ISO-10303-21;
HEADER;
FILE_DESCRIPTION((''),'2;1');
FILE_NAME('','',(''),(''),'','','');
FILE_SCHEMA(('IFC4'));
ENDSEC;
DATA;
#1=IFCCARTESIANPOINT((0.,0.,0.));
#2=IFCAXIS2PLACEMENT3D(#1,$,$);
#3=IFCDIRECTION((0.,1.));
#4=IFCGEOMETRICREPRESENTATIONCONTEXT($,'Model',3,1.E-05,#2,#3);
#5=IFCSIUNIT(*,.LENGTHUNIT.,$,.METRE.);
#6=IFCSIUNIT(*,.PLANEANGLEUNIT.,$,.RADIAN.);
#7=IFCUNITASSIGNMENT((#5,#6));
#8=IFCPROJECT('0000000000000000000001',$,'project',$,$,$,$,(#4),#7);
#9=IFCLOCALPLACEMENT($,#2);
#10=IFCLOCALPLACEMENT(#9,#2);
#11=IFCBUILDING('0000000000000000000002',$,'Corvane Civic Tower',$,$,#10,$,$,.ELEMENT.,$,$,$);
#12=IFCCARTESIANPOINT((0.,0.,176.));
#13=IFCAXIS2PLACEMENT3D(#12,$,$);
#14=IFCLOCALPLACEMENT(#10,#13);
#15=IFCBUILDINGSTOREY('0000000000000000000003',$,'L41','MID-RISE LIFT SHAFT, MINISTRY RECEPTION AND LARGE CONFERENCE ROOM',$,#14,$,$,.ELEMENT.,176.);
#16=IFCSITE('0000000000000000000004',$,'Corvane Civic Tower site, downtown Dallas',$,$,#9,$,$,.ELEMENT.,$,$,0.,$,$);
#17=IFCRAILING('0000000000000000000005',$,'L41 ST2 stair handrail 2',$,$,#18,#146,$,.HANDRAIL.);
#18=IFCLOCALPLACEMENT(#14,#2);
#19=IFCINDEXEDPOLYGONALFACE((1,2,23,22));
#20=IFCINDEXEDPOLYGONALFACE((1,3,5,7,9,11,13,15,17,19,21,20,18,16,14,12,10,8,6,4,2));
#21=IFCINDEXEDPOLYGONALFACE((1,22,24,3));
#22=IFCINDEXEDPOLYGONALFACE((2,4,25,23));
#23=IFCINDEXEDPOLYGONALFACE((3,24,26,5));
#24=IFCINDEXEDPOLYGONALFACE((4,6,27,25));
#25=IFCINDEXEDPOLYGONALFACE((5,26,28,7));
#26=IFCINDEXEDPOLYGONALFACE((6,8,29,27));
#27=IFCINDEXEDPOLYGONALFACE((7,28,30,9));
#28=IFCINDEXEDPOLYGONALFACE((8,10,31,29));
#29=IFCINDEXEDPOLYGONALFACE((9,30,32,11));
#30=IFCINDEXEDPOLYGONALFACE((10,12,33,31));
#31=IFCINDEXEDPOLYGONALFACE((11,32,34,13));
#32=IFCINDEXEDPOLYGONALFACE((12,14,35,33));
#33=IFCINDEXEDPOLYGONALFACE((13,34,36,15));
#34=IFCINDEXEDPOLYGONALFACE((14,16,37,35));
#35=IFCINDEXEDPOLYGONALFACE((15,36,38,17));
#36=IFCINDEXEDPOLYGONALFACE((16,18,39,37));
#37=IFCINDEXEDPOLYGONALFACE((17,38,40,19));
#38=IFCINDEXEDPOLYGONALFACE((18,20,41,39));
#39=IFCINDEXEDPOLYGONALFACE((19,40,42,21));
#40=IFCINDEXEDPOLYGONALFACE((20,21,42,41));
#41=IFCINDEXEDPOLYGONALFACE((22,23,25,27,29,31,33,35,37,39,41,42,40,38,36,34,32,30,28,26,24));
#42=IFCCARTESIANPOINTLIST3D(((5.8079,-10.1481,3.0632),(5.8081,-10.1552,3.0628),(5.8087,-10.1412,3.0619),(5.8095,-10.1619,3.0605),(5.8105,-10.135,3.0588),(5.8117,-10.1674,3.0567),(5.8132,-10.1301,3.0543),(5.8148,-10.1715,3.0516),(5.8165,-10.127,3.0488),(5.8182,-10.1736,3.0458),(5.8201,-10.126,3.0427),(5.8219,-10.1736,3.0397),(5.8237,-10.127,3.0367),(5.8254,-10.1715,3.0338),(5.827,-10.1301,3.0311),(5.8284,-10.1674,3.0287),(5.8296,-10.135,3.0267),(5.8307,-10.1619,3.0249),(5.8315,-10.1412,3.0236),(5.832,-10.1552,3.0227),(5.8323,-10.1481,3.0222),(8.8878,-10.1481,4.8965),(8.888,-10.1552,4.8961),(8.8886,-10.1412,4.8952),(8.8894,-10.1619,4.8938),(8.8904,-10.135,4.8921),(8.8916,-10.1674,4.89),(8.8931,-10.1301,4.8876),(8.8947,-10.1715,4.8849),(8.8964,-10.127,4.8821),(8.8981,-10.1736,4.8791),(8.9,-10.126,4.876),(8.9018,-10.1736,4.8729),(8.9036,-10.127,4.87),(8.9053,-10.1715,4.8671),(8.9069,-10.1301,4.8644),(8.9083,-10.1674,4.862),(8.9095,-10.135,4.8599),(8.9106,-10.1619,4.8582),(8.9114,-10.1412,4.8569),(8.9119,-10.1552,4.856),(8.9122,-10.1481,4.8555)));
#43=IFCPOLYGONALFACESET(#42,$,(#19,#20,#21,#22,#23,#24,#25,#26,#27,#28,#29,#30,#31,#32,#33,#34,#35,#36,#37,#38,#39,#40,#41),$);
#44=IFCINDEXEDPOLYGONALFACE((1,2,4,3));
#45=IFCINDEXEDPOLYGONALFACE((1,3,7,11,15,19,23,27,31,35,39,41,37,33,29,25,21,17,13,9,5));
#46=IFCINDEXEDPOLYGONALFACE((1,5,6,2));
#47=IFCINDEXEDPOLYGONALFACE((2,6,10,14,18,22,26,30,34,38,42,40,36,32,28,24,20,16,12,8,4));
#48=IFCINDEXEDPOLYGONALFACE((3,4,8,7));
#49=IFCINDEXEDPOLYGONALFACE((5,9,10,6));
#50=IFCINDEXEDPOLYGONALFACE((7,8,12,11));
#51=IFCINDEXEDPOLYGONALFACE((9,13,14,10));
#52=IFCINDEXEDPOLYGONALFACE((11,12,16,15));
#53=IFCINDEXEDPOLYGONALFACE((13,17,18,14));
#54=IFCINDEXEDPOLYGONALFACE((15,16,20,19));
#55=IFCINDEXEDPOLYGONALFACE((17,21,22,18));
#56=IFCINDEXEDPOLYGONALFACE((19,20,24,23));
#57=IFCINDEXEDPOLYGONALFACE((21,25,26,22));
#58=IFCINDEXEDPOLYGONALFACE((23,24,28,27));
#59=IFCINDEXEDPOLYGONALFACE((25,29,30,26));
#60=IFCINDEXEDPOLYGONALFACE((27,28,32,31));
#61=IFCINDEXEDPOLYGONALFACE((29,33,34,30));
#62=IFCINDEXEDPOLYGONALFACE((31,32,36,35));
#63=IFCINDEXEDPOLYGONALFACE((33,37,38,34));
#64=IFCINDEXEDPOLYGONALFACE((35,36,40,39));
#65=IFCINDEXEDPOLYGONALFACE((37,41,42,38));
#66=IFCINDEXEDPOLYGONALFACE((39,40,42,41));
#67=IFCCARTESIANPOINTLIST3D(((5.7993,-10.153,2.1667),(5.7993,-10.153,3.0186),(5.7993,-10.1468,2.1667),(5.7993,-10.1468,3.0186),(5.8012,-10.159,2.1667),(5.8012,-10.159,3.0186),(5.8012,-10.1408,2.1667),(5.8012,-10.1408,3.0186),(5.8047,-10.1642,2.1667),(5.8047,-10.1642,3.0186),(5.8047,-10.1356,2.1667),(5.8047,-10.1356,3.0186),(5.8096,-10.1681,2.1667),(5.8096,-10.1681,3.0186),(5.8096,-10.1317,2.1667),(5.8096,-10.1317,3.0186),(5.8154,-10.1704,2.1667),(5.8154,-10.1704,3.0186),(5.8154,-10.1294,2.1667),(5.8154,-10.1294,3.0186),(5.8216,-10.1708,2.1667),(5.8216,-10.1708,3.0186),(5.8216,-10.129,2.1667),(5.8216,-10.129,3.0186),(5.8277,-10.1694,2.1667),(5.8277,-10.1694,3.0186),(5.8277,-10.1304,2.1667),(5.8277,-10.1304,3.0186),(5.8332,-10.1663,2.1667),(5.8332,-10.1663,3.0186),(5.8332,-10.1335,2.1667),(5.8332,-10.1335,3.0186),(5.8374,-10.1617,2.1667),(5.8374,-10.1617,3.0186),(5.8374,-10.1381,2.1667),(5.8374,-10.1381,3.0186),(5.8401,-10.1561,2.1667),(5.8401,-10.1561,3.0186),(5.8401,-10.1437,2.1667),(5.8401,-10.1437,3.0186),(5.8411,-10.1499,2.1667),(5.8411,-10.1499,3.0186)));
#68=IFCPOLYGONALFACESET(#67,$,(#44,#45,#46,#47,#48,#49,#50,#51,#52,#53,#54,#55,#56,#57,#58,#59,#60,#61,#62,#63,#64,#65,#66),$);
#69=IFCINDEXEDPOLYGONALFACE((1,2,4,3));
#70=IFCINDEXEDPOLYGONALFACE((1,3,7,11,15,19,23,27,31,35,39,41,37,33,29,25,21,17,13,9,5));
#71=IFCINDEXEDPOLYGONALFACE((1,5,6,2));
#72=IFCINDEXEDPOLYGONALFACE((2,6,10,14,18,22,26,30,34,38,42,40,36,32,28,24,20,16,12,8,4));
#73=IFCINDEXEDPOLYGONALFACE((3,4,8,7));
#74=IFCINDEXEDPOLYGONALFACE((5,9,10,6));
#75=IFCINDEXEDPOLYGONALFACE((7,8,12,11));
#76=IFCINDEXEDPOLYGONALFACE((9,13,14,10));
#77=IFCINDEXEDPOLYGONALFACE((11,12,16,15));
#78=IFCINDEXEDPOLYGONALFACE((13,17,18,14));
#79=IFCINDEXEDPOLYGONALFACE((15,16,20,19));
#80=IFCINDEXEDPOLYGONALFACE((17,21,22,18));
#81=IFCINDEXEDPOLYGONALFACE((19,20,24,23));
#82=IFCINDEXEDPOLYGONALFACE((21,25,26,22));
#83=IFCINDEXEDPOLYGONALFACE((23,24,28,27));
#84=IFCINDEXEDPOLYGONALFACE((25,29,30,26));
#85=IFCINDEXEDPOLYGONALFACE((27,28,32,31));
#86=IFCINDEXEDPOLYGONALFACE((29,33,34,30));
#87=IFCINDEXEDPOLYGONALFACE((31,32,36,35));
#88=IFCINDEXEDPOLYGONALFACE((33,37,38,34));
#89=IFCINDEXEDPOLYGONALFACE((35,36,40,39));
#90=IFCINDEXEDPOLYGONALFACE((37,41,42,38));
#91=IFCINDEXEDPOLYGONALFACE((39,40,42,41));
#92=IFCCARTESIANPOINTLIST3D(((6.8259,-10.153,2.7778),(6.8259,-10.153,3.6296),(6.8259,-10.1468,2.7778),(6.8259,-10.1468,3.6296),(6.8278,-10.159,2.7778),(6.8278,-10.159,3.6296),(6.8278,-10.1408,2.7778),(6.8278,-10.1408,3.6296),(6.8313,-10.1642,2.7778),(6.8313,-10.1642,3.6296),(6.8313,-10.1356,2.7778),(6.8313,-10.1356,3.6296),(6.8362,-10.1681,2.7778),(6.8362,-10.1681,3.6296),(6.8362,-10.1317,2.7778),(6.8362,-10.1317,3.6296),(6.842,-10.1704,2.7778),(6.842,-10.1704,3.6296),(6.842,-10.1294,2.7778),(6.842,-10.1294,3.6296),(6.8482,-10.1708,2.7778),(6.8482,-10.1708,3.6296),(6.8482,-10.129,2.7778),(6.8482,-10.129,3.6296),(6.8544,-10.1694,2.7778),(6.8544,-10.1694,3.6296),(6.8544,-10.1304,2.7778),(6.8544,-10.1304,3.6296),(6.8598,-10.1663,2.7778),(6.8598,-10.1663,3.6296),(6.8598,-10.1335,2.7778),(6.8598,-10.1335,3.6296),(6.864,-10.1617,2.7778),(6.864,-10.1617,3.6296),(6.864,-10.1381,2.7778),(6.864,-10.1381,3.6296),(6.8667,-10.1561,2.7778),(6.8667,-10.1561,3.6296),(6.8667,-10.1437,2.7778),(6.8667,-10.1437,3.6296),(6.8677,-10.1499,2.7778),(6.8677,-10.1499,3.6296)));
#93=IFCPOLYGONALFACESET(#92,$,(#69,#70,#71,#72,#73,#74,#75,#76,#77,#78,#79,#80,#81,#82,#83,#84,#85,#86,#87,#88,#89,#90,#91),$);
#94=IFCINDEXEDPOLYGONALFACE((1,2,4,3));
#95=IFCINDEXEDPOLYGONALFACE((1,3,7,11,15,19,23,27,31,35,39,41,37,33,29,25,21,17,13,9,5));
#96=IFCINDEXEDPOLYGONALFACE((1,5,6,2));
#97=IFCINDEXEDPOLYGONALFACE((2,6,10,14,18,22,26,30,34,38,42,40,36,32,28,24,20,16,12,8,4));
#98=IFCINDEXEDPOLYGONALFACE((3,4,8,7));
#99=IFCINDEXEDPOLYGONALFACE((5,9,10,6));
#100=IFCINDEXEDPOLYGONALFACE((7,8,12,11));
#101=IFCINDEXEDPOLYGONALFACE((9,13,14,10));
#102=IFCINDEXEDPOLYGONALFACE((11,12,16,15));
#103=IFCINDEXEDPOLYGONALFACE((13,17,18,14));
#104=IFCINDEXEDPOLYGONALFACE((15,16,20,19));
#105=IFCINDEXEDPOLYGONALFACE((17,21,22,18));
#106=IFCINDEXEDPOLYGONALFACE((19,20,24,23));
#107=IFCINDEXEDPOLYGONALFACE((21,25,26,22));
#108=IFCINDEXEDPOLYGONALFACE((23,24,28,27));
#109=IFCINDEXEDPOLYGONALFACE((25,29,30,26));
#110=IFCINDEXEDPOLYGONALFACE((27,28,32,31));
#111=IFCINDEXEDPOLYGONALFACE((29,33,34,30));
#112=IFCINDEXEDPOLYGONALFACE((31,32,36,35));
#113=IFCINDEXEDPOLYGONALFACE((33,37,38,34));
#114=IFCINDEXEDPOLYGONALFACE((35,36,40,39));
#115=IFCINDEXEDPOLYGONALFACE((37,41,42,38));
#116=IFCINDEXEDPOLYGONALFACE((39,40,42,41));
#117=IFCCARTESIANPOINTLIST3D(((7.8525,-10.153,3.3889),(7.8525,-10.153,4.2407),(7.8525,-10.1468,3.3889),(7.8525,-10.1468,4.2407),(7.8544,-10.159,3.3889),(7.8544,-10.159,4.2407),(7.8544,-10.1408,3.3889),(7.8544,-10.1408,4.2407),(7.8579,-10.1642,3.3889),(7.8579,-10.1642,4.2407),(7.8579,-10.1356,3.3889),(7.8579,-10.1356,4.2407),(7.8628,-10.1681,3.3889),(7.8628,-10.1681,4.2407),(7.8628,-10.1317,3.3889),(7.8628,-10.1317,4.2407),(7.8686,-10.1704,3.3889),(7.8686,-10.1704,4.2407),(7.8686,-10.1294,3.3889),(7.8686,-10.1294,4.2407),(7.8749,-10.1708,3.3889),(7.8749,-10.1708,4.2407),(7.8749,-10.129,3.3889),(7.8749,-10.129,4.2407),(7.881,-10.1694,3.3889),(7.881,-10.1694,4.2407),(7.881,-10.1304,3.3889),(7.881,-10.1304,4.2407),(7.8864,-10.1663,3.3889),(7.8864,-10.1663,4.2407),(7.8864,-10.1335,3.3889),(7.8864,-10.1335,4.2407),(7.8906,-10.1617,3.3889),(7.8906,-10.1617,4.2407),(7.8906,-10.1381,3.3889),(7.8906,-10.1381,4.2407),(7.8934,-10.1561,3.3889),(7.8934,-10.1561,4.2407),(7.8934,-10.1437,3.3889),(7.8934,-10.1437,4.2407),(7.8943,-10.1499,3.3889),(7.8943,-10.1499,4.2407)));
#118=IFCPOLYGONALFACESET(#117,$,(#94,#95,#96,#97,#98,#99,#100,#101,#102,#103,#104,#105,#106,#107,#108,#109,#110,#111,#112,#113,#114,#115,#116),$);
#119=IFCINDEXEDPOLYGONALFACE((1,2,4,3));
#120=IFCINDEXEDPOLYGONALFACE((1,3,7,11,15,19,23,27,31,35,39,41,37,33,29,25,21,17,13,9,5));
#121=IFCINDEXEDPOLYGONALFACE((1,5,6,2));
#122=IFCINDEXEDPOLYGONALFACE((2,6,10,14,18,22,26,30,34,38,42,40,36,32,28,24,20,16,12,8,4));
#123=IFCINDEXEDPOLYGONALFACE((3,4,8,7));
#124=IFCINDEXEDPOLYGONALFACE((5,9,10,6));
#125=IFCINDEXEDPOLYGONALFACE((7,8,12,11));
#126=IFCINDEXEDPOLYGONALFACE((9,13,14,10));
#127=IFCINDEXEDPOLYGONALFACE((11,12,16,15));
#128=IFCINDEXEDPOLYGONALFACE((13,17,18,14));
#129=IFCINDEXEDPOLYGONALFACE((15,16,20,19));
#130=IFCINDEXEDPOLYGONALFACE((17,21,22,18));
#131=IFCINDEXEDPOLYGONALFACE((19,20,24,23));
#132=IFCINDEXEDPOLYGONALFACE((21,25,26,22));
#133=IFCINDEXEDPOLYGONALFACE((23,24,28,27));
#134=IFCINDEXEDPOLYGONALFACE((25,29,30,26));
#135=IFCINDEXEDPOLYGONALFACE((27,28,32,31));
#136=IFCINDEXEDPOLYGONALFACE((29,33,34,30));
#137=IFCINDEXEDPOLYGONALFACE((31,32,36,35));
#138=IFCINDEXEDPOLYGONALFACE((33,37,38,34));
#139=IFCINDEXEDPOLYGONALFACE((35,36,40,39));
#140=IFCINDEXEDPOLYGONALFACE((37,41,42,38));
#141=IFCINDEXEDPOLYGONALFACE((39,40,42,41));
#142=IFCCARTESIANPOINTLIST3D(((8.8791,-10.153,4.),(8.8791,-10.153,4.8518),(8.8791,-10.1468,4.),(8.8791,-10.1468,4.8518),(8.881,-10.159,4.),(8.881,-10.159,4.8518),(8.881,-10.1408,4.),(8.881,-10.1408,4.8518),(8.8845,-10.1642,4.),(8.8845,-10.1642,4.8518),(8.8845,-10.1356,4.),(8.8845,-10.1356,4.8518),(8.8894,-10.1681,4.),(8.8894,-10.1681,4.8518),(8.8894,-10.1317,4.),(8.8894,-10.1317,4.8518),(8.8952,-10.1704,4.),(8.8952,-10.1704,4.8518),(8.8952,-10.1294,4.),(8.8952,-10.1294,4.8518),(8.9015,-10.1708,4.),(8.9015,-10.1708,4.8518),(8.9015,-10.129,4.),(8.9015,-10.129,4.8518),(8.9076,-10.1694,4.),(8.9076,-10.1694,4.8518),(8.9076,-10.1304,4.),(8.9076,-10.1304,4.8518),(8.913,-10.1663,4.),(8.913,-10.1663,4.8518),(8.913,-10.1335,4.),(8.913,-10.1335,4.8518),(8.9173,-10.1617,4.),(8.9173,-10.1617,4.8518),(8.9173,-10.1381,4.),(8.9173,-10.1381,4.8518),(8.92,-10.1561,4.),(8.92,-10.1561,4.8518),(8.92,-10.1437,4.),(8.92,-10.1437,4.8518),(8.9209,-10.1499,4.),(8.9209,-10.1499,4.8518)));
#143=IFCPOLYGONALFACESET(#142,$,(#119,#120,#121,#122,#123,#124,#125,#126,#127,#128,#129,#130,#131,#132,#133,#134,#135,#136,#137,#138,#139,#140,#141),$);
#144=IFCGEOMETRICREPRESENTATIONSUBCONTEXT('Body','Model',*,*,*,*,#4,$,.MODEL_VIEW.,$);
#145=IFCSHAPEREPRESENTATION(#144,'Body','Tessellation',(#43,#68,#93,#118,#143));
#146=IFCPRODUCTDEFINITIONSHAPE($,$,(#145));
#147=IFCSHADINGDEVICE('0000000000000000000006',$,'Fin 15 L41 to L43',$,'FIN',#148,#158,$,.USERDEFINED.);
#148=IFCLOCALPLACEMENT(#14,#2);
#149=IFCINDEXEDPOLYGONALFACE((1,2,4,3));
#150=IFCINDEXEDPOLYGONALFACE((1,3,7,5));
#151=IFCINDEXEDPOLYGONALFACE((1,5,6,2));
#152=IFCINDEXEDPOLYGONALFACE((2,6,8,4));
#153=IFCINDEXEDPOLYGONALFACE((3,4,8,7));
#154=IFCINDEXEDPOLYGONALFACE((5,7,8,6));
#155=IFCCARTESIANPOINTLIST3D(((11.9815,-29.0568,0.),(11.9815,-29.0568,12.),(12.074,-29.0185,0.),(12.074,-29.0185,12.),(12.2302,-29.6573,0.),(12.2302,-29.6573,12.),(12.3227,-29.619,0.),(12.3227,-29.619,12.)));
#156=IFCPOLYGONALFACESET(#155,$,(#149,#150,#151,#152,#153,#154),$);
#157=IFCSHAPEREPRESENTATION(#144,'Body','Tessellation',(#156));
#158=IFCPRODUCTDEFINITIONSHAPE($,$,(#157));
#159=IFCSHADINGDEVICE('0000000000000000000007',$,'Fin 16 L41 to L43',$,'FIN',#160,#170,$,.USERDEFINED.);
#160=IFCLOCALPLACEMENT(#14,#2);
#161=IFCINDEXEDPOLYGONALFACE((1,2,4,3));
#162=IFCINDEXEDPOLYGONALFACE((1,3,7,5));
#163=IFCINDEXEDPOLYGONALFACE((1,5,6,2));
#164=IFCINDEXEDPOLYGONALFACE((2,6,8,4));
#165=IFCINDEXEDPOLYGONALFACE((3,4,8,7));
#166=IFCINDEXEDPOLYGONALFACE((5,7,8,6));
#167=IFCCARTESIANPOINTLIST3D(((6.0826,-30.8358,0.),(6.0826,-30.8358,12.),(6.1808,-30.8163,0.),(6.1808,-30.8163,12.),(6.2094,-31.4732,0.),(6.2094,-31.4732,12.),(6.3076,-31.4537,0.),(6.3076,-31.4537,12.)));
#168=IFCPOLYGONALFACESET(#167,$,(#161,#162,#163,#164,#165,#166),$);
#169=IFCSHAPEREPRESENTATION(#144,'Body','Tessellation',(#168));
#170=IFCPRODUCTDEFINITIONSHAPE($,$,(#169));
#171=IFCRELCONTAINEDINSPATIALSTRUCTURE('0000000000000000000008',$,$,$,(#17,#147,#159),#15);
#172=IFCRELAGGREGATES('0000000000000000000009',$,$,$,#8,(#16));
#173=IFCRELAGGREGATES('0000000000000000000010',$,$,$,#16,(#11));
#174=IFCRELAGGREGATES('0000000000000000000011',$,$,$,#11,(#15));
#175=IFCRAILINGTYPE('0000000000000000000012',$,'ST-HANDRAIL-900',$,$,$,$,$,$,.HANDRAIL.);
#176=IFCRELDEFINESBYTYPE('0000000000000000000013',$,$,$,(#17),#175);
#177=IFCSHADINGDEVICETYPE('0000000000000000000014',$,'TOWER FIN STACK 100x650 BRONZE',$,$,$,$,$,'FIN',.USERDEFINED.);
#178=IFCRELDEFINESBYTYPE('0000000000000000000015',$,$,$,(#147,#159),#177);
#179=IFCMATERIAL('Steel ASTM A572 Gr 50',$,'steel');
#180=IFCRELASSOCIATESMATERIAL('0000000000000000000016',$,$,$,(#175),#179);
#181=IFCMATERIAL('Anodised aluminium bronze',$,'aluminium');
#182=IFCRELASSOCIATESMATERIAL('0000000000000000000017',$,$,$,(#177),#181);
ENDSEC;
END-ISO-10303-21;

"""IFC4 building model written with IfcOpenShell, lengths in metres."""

from ifc_helpers import new_model, si_unit, direction, frame, origin, origin_2d, place, context, subcontext, project, spatial, rectangle, circle, extrude, material, material_profile, profile_set, type_object, element, save


model = new_model("IFC4")

# Units and contexts
model_context = context("Model", 3, precision=1e-05, world=origin(), true_north=direction((0.0, 1.0)))
body_context = subcontext(model_context, "Body", "Model", "MODEL_VIEW")
ifc_project = project(units=[si_unit("LENGTHUNIT", "METRE"), si_unit("PLANEANGLEUNIT", "RADIAN")], contexts=[model_context])

# Site, building, storey
site_placement = place(None, origin())
site = spatial("IfcSite", under=ifc_project, at=site_placement, Name="Corvane Civic Tower site, downtown Dallas", CompositionType="ELEMENT", RefElevation=0.0)
building_placement = place(site_placement, origin())
building = spatial("IfcBuilding", under=site, at=building_placement, Name="Corvane Civic Tower", CompositionType="ELEMENT")
storey_placement = place(building_placement, frame((0.0, 0.0, 176.0)))
storey = spatial("IfcBuildingStorey", under=building, at=storey_placement, Name="L41", Description="MID-RISE LIFT SHAFT, MINISTRY RECEPTION AND LARGE CONFERENCE ROOM", CompositionType="ELEMENT", Elevation=176.0)

# Railing
ifc_material_1 = material(Name="Steel ASTM A572 Gr 50", Category="steel")
railing_type_1 = type_object("IfcRailingType", Name="ST-HANDRAIL-900", PredefinedType="HANDRAIL", material=ifc_material_1)
railing_1_placement = place(storey_placement, frame((5.8201, -10.1499, 2.1667)))
element("IfcRailing", 1, at=railing_1_placement, inside=storey, type_object=railing_type_1, Name="L41 ST2 stair handrail 2", PredefinedType="HANDRAIL", context=body_context, shape_type="SweptSolid", body=[
    extrude(circle(Radius=0.0239, at=origin_2d()), frame((0.0, 0.0, 0.876), z_axis=(0.859291, 0.0, 0.511487), x_axis=(0.0, 1.0, 0.0)), (0.0, 0.0, 1.0), 3.5842),
    extrude(circle(Radius=0.021, at=origin_2d()), origin(), (0.0, 0.0, 1.0), 0.8518),
    extrude(circle(Radius=0.021, at=origin_2d()), frame((1.0266, 0.0, 0.6111)), (0.0, 0.0, 1.0), 0.8518),
    extrude(circle(Radius=0.021, at=origin_2d()), frame((2.0532, 0.0, 1.2222)), (0.0, 0.0, 1.0), 0.8518),
    extrude(circle(Radius=0.021, at=origin_2d()), frame((3.0798, 0.0, 1.8333)), (0.0, 0.0, 1.0), 0.8518),
])

# Shading devices
ifc_material_2 = material(Name="Anodised aluminium bronze", Category="aluminium")
ifc_material_profile_1 = material_profile(ifc_material_2, rectangle(XDim=0.1001, YDim=0.6499, at=origin_2d()), Name="TOWER FIN STACK 100x650 BRONZE")
ifc_profile_set_1 = profile_set([ifc_material_profile_1], Name="Anodised aluminium bronze")
shading_device_type = type_object("IfcShadingDeviceType", Name="TOWER FIN STACK 100x650 BRONZE", ElementType="FIN", PredefinedType="USERDEFINED", material=ifc_profile_set_1)
for number, where, z_axis, x_axis, name in (
    (2, (12.1521, -29.3379, 0.0), (0.0, 0.0, 1.0), (-0.92388, -0.382683, 0.0), "Fin 15 L41 to L43"),
    (3, (6.1951, -31.1448, 0.0), (0.0, 0.0, 1.0), (-0.980785, -0.19509, 0.0), "Fin 16 L41 to L43"),
):
    element("IfcShadingDevice", number, at=place(storey_placement, frame(where, z_axis=z_axis, x_axis=x_axis)), inside=storey, type_object=shading_device_type, Name=name, ObjectType="FIN", PredefinedType="USERDEFINED", context=body_context, shape_type="SweptSolid", body=[
        extrude(rectangle(XDim=0.1001, YDim=0.6499, at=origin_2d()), origin(), (0.0, 0.0, 1.0), 12.0),
    ])

save(model, "model.ifc")
